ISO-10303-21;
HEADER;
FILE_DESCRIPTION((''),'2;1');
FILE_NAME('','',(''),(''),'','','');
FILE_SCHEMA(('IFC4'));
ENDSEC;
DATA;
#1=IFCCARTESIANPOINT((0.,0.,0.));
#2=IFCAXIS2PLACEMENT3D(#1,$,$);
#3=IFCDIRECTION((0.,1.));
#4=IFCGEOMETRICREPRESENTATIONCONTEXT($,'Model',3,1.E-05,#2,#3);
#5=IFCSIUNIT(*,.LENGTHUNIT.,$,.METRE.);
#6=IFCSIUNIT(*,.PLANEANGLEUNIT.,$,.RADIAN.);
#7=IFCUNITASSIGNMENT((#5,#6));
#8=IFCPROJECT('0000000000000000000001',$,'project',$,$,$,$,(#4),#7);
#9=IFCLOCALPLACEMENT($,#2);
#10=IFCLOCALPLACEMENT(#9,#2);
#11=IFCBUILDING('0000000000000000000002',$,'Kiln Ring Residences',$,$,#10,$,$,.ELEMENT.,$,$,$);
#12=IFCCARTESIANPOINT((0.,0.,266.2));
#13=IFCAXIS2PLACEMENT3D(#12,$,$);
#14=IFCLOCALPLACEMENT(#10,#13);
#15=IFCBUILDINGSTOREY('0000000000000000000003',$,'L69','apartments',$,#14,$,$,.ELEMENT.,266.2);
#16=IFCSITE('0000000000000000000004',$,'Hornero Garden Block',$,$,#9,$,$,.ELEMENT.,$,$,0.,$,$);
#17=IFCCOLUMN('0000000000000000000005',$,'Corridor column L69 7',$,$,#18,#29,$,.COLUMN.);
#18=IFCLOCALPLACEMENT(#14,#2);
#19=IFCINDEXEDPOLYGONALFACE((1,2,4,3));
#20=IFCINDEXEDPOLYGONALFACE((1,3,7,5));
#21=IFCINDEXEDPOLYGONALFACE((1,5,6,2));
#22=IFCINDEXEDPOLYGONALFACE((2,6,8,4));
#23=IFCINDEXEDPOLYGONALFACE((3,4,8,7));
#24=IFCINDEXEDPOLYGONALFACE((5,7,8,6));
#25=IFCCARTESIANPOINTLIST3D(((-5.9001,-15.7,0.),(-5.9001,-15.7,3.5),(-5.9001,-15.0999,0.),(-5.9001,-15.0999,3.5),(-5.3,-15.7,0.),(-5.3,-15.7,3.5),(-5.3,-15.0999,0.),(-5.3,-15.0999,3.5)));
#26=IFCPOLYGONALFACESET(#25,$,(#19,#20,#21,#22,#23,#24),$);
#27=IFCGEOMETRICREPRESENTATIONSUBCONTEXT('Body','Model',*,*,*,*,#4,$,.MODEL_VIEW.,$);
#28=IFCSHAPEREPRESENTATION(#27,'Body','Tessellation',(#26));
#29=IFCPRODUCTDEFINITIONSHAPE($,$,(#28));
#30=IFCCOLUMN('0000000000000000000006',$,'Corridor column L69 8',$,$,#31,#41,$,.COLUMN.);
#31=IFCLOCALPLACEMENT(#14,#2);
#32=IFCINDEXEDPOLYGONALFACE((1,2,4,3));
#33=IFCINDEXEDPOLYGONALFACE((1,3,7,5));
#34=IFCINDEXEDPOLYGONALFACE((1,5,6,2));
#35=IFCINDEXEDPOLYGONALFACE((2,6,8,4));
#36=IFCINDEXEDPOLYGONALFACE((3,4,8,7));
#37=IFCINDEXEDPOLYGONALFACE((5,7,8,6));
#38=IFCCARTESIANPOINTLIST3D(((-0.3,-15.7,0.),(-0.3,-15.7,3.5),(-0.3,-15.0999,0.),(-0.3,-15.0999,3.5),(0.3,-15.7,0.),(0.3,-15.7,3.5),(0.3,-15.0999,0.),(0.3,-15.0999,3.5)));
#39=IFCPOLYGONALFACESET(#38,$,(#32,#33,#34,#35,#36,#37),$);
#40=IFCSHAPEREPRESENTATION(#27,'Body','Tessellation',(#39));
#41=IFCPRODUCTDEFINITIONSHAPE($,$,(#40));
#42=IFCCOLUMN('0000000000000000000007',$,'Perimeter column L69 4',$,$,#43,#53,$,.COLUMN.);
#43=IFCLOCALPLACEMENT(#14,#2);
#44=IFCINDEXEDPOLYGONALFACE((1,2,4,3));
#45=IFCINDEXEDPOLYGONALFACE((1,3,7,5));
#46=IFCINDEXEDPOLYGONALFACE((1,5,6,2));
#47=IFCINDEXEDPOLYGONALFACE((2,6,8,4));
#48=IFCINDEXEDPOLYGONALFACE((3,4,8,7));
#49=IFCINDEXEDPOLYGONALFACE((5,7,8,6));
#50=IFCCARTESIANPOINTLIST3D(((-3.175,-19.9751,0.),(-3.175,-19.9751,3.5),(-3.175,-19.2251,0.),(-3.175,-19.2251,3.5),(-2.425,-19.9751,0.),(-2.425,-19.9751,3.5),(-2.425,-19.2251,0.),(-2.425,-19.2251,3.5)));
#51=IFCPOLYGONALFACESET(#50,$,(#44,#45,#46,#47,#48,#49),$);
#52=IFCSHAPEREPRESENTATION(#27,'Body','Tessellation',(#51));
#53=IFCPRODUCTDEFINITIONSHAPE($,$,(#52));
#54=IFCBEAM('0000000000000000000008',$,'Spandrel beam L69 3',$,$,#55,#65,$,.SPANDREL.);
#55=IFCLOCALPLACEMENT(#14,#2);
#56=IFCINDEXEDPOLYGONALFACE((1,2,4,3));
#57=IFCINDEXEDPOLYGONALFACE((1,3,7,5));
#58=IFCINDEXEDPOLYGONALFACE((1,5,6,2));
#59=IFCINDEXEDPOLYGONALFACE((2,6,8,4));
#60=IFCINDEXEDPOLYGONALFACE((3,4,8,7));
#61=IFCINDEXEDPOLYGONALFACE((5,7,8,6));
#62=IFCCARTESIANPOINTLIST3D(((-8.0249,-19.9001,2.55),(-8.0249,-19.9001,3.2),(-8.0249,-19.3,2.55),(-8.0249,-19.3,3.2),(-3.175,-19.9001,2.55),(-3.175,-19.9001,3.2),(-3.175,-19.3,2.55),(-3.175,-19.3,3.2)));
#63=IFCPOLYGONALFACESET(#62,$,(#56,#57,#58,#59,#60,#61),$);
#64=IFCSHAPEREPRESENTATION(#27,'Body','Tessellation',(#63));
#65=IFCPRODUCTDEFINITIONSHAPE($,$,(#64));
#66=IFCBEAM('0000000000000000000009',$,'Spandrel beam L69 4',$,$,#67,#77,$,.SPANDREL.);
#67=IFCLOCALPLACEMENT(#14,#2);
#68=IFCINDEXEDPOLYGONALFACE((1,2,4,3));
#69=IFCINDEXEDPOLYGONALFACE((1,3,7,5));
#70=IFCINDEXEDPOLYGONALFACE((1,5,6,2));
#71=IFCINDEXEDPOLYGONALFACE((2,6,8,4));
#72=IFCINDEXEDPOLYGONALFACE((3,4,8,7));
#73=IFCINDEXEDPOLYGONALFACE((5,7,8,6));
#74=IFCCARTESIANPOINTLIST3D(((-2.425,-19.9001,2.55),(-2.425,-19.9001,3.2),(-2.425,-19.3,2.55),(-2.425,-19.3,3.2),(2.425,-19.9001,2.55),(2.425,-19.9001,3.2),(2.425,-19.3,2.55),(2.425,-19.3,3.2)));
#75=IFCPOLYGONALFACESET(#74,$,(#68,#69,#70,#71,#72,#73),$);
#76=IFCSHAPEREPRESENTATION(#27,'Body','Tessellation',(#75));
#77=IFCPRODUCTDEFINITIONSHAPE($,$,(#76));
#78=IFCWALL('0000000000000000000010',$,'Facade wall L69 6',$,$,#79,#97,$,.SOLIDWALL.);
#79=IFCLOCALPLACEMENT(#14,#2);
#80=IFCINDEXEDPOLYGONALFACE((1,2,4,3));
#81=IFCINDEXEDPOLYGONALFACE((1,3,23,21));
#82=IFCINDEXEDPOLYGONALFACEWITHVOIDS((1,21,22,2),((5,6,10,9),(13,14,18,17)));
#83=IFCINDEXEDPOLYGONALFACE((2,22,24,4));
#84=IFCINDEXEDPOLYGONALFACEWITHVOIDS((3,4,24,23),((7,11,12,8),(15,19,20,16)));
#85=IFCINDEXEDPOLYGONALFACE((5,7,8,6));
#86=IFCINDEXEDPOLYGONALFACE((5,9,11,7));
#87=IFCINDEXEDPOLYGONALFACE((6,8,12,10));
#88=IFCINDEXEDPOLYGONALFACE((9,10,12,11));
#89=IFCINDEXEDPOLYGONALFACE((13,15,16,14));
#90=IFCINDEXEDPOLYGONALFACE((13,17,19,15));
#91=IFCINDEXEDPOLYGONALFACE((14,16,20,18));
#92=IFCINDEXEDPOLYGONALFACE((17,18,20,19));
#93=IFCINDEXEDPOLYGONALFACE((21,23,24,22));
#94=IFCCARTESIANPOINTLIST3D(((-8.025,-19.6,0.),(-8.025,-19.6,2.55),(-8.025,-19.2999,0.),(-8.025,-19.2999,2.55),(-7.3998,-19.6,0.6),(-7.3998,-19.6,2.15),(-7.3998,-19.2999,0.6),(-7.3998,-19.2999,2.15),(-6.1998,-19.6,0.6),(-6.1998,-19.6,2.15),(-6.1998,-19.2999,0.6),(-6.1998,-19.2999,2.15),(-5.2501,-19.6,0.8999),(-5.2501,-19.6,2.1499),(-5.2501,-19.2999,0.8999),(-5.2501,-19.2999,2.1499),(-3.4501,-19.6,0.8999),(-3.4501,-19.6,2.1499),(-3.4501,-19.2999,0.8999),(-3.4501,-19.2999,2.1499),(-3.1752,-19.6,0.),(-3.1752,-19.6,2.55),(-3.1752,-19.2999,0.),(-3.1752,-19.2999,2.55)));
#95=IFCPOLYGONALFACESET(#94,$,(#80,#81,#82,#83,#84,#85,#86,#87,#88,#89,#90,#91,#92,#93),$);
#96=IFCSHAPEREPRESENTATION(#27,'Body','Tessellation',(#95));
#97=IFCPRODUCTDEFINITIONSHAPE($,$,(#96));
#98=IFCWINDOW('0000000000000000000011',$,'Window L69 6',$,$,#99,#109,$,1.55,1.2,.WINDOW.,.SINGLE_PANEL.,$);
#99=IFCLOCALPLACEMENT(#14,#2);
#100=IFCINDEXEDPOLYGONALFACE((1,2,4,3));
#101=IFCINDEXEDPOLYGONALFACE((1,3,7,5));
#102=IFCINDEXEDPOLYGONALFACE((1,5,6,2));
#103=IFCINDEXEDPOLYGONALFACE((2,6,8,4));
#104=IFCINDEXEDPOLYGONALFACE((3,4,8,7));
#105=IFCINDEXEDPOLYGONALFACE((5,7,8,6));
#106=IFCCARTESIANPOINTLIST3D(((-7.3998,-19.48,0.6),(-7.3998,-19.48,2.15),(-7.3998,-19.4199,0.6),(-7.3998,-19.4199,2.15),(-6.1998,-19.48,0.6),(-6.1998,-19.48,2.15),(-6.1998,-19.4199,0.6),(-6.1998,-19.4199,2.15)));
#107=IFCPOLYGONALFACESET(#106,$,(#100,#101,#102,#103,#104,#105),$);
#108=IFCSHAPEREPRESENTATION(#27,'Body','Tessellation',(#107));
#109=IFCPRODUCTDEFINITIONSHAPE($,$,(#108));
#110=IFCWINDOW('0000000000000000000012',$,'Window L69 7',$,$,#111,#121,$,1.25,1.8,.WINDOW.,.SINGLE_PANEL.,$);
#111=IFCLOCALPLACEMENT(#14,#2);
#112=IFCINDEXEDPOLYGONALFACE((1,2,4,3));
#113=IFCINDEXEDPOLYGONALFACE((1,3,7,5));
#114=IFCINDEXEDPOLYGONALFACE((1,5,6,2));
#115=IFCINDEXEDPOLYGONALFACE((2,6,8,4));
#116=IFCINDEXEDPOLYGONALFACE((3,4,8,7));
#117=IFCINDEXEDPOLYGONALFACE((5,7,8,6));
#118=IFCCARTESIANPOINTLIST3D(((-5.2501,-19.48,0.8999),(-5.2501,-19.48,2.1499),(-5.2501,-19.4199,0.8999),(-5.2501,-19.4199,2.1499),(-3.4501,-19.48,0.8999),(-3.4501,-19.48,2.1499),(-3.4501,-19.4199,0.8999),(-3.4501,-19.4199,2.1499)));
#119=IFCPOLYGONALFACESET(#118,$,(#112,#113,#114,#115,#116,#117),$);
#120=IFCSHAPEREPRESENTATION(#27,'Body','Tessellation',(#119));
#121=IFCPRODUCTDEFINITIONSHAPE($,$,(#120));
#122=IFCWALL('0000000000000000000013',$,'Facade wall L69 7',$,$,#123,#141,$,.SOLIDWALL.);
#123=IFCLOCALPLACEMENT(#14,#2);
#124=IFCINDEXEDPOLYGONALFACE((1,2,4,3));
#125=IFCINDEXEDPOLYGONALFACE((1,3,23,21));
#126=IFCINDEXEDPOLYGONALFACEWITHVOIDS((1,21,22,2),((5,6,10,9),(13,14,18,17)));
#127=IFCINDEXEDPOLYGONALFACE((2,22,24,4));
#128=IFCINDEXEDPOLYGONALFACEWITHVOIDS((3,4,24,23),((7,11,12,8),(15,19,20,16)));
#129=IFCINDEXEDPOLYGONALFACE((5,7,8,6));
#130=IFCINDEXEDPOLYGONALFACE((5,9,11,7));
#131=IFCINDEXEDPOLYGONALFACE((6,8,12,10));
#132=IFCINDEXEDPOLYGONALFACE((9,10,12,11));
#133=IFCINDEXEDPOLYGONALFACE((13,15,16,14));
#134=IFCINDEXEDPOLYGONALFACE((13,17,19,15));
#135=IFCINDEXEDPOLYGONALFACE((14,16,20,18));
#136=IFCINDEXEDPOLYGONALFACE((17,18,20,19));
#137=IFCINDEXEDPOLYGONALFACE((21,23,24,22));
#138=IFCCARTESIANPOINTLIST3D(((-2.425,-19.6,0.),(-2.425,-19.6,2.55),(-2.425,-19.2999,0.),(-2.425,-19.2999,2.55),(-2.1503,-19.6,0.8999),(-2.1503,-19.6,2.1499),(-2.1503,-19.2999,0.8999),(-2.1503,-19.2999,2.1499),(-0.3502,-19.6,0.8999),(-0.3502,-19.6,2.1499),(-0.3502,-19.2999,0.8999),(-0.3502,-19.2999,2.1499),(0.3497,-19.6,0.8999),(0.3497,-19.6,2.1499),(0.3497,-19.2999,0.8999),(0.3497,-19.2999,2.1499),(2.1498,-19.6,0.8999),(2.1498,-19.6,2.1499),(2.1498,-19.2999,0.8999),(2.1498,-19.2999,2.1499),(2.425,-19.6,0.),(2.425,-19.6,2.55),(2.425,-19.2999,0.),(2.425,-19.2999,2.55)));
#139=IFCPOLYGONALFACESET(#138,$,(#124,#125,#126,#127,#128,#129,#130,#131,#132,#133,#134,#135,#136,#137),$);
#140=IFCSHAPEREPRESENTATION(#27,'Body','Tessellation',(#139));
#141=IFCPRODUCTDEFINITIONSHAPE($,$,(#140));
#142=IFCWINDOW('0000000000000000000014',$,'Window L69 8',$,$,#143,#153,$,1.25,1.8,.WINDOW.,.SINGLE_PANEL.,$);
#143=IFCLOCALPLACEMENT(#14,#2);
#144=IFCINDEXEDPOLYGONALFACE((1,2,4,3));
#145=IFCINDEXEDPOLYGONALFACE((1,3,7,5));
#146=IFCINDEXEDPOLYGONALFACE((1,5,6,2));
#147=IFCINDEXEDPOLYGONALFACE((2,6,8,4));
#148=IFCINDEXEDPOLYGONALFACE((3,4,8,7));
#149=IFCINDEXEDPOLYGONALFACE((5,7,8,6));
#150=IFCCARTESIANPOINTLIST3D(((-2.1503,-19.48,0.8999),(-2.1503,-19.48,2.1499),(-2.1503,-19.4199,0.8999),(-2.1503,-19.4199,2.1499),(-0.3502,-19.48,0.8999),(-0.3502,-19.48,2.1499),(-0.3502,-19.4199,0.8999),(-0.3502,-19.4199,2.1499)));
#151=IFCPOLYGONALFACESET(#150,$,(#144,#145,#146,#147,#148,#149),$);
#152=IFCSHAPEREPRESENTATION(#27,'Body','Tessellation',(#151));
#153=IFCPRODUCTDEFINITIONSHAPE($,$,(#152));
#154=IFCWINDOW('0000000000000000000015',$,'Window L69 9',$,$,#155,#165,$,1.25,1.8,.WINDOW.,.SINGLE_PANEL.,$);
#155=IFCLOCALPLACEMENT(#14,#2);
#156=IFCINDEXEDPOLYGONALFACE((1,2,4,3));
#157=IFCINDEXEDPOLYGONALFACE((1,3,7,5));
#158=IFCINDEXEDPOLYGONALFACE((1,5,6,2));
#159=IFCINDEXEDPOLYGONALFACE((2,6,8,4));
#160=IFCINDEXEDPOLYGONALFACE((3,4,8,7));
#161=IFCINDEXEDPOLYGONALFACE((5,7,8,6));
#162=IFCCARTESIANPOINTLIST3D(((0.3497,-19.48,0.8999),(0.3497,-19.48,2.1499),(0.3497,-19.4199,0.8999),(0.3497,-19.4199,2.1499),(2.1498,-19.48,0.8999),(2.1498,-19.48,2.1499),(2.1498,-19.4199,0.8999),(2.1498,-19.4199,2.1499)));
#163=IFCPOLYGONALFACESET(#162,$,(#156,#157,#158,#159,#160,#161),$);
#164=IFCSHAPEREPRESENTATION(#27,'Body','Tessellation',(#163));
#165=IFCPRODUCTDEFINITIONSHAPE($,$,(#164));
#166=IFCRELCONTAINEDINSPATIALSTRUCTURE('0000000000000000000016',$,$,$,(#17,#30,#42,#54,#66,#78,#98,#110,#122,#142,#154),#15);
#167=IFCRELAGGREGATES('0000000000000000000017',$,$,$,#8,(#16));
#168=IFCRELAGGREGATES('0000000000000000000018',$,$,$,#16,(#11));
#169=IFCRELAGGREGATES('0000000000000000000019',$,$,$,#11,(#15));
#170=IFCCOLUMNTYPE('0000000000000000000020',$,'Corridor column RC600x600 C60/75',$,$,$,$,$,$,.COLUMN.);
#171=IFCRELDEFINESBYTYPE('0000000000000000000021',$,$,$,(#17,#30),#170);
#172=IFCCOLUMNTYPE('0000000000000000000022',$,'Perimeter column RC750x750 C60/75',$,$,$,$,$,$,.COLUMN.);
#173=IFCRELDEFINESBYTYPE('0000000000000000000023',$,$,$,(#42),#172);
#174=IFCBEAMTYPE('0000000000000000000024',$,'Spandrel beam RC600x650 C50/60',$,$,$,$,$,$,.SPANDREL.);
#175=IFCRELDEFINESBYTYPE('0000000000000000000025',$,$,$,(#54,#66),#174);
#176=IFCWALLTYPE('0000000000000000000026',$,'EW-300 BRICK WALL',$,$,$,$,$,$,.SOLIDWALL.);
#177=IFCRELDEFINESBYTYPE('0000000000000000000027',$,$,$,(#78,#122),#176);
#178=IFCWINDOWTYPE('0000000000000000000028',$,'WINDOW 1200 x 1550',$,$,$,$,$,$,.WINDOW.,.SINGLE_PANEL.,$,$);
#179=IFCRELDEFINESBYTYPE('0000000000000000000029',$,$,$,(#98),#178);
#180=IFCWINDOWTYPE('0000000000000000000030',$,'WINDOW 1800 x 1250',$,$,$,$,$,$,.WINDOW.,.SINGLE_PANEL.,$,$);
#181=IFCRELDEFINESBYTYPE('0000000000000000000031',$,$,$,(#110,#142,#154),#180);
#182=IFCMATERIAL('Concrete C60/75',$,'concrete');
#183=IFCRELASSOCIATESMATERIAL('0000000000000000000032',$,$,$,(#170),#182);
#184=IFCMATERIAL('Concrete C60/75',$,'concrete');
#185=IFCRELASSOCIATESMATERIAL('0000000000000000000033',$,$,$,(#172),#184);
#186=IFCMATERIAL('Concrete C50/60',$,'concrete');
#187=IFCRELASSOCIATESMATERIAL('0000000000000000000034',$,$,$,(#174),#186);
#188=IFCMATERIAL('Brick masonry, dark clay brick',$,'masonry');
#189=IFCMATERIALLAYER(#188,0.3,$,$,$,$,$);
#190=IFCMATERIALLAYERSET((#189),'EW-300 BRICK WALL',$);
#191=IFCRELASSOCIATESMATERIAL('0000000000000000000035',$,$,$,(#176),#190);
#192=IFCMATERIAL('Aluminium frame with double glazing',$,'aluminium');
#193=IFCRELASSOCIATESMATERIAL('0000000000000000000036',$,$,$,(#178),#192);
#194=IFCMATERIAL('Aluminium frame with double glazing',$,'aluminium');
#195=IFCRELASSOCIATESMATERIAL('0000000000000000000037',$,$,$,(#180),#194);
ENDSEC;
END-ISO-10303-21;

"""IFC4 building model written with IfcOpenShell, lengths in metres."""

from ifc_helpers import new_model, si_unit, direction, frame, frame_2d, origin, origin_2d, place, context, subcontext, project, spatial, rectangle, extrude, material, layer, layer_set, material_profile, profile_set, type_object, element, fill, save


model = new_model("IFC4")

# Units and contexts
model_context = context("Model", 3, precision=1e-05, world=origin(), true_north=direction((0.0, 1.0)))
body_context = subcontext(model_context, "Body", "Model", "MODEL_VIEW")
ifc_project = project(units=[si_unit("LENGTHUNIT", "METRE"), si_unit("PLANEANGLEUNIT", "RADIAN")], contexts=[model_context])

# Site, building, storey
site_placement = place(None, origin())
site = spatial("IfcSite", under=ifc_project, at=site_placement, Name="Hornero Garden Block", CompositionType="ELEMENT", RefElevation=0.0)
building_placement = place(site_placement, origin())
building = spatial("IfcBuilding", under=site, at=building_placement, Name="Kiln Ring Residences", CompositionType="ELEMENT")
storey_placement = place(building_placement, frame((0.0, 0.0, 266.2)))
storey = spatial("IfcBuildingStorey", under=building, at=storey_placement, Name="L69", Description="apartments", CompositionType="ELEMENT", Elevation=266.2)

# Columns
ifc_material_1 = material(Name="Concrete C60/75", Category="concrete")
ifc_material_profile_1 = material_profile(ifc_material_1, rectangle(XDim=0.6001, YDim=0.6001, at=origin_2d()), Name="RC600x600")
ifc_profile_set_1 = profile_set([ifc_material_profile_1], Name="Concrete C60/75")
column_type_1 = type_object("IfcColumnType", Name="Corridor column RC600x600 C60/75", PredefinedType="COLUMN", material=ifc_profile_set_1)
for number, where, z_axis, x_axis, name in (
    (1, (-5.6001, -15.3999, 0.0), (0.0, 0.0, 1.0), (1.0, 0.0, 0.0), "Corridor column L69 7"),
    (2, (0.0, -15.3999, 0.0), (0.0, 0.0, 1.0), (1.0, 0.0, 0.0), "Corridor column L69 8"),
):
    element("IfcColumn", number, at=place(storey_placement, frame(where, z_axis=z_axis, x_axis=x_axis)), inside=storey, type_object=column_type_1, Name=name, PredefinedType="COLUMN", context=body_context, shape_type="SweptSolid", body=[
        extrude(rectangle(XDim=0.6001, YDim=0.6001, at=origin_2d()), origin(), (0.0, 0.0, 1.0), 3.5),
    ])
ifc_material_2 = material(Name="Concrete C60/75", Category="concrete")
ifc_material_profile_2 = material_profile(ifc_material_2, rectangle(XDim=0.75, YDim=0.75, at=origin_2d()), Name="RC750x750")
ifc_profile_set_2 = profile_set([ifc_material_profile_2], Name="Concrete C60/75")
column_type_2 = type_object("IfcColumnType", Name="Perimeter column RC750x750 C60/75", PredefinedType="COLUMN", material=ifc_profile_set_2)
column_placement = place(storey_placement, frame((-2.8, -19.6001, 0.0), z_axis=(0.0, 0.0, 1.0), x_axis=(1.0, 0.0, 0.0)))
element("IfcColumn", 3, at=column_placement, inside=storey, type_object=column_type_2, Name="Perimeter column L69 4", PredefinedType="COLUMN", context=body_context, shape_type="SweptSolid", body=[
    extrude(rectangle(XDim=0.75, YDim=0.75, at=origin_2d()), origin(), (0.0, 0.0, 1.0), 3.5),
])

# Beams
ifc_material_3 = material(Name="Concrete C50/60", Category="concrete")
ifc_material_profile_3 = material_profile(ifc_material_3, rectangle(XDim=0.6001, YDim=0.6499, at=origin_2d()), Name="RC600x650")
ifc_profile_set_3 = profile_set([ifc_material_profile_3], Name="Concrete C50/60")
beam_type = type_object("IfcBeamType", Name="Spandrel beam RC600x650 C50/60", PredefinedType="SPANDREL", material=ifc_profile_set_3)
beam_1_placement = place(storey_placement, frame((-8.0249, -19.6001, 2.875), z_axis=(1.0, 0.0, 0.0), x_axis=(0.0, 1.0, 0.0)))
element("IfcBeam", 4, at=beam_1_placement, inside=storey, type_object=beam_type, Name="Spandrel beam L69 3", PredefinedType="SPANDREL", context=body_context, shape_type="SweptSolid", body=[
    extrude(rectangle(XDim=0.6001, YDim=0.6499, at=origin_2d()), origin(), (0.0, 0.0, 1.0), 4.8499),
])
beam_2_placement = place(storey_placement, frame((-2.425, -19.6001, 2.875), z_axis=(1.0, 0.0, 0.0), x_axis=(0.0, 1.0, 0.0)))
element("IfcBeam", 5, at=beam_2_placement, inside=storey, type_object=beam_type, Name="Spandrel beam L69 4", PredefinedType="SPANDREL", context=body_context, shape_type="SweptSolid", body=[
    extrude(rectangle(XDim=0.6001, YDim=0.6499, at=origin_2d()), origin(), (0.0, 0.0, 1.0), 4.8501),
])

# Walls, openings, windows
ifc_material_4 = material(Name="Brick masonry, dark clay brick", Category="masonry")
ifc_layer_1 = layer(ifc_material_4, 0.3)
ifc_layer_set_1 = layer_set([ifc_layer_1], Name="EW-300 BRICK WALL")
wall_type_1 = type_object("IfcWallType", Name="EW-300 BRICK WALL", PredefinedType="SOLIDWALL", material=ifc_layer_set_1)
wall_1_placement = place(storey_placement, frame((-8.0249, -19.45, 0.0), z_axis=(0.0, 0.0, 1.0), x_axis=(1.0, 0.0, 0.0)))
wall_1 = element("IfcWall", 6, at=wall_1_placement, inside=storey, type_object=wall_type_1, Name="Facade wall L69 6", PredefinedType="SOLIDWALL", context=body_context, shape_type="SweptSolid", body=[
    extrude(rectangle(XDim=4.8499, YDim=0.3, at=frame_2d((2.4248, 0.0))), origin(), (0.0, 0.0, 1.0), 2.55),
])
opening_1_placement = place(wall_1_placement, frame((0.625, 0.0, 0.6001)))
opening_1 = element("IfcOpeningElement", 7, at=opening_1_placement, cuts=wall_1, PredefinedType="OPENING", context=body_context, shape_type="SweptSolid", body=[
    extrude(rectangle(XDim=1.2, YDim=1.55, at=frame_2d((0.6001, 0.7749))), frame((0.0, 0.1599, 0.0), z_axis=(0.0, -1.0, 0.0), x_axis=(1.0, 0.0, 0.0)), (0.0, 0.0, 1.0), 0.3201),
])
opening_2_placement = place(wall_1_placement, frame((2.7749, 0.0, 0.8999)))
opening_2 = element("IfcOpeningElement", 8, at=opening_2_placement, cuts=wall_1, PredefinedType="OPENING", context=body_context, shape_type="SweptSolid", body=[
    extrude(rectangle(XDim=1.8, YDim=1.25, at=frame_2d((0.8999, 0.625))), frame((0.0, 0.1599, 0.0), z_axis=(0.0, -1.0, 0.0), x_axis=(1.0, 0.0, 0.0)), (0.0, 0.0, 1.0), 0.3201),
])
ifc_material_5 = material(Name="Aluminium frame with double glazing", Category="aluminium")
window_type_1 = type_object("IfcWindowType", Name="WINDOW 1200 x 1550", PartitioningType="SINGLE_PANEL", PredefinedType="WINDOW", material=ifc_material_5)
window_1_placement = place(opening_1_placement, origin())
window_1 = element("IfcWindow", 9, at=window_1_placement, inside=storey, type_object=window_type_1, Name="Window L69 6", OverallHeight=1.55, OverallWidth=1.2, PartitioningType="SINGLE_PANEL", PredefinedType="WINDOW", context=body_context, shape_type="SweptSolid", body=[
    extrude(rectangle(XDim=1.2, YDim=1.55, at=frame_2d((0.6001, 0.7749))), frame((0.0, 0.03, 0.0), z_axis=(0.0, -1.0, 0.0), x_axis=(1.0, 0.0, 0.0)), (0.0, 0.0, 1.0), 0.0601),
])
fill(opening_1, window_1)
ifc_material_6 = material(Name="Aluminium frame with double glazing", Category="aluminium")
window_type_2 = type_object("IfcWindowType", Name="WINDOW 1800 x 1250", PartitioningType="SINGLE_PANEL", PredefinedType="WINDOW", material=ifc_material_6)
window_2_placement = place(opening_2_placement, origin())
window_2 = element("IfcWindow", 10, at=window_2_placement, inside=storey, type_object=window_type_2, Name="Window L69 7", OverallHeight=1.25, OverallWidth=1.8, PartitioningType="SINGLE_PANEL", PredefinedType="WINDOW", context=body_context, shape_type="SweptSolid", body=[
    extrude(rectangle(XDim=1.8, YDim=1.25, at=frame_2d((0.8999, 0.625))), frame((0.0, 0.03, 0.0), z_axis=(0.0, -1.0, 0.0), x_axis=(1.0, 0.0, 0.0)), (0.0, 0.0, 1.0), 0.0601),
])
fill(opening_2, window_2)
wall_2_placement = place(storey_placement, frame((-2.425, -19.45, 0.0), z_axis=(0.0, 0.0, 1.0), x_axis=(1.0, 0.0, 0.0)))
wall_2 = element("IfcWall", 11, at=wall_2_placement, inside=storey, type_object=wall_type_1, Name="Facade wall L69 7", PredefinedType="SOLIDWALL", context=body_context, shape_type="SweptSolid", body=[
    extrude(rectangle(XDim=4.8501, YDim=0.3, at=frame_2d((2.425, 0.0))), origin(), (0.0, 0.0, 1.0), 2.55),
])
opening_3_placement = place(wall_2_placement, frame((0.2749, 0.0, 0.8999)))
opening_3 = element("IfcOpeningElement", 12, at=opening_3_placement, cuts=wall_2, PredefinedType="OPENING", context=body_context, shape_type="SweptSolid", body=[
    extrude(rectangle(XDim=1.8, YDim=1.25, at=frame_2d((0.8999, 0.625))), frame((0.0, 0.1599, 0.0), z_axis=(0.0, -1.0, 0.0), x_axis=(1.0, 0.0, 0.0)), (0.0, 0.0, 1.0), 0.3201),
])
opening_4_placement = place(wall_2_placement, frame((2.7749, 0.0, 0.8999)))
opening_4 = element("IfcOpeningElement", 13, at=opening_4_placement, cuts=wall_2, PredefinedType="OPENING", context=body_context, shape_type="SweptSolid", body=[
    extrude(rectangle(XDim=1.8, YDim=1.25, at=frame_2d((0.8999, 0.625))), frame((0.0, 0.1599, 0.0), z_axis=(0.0, -1.0, 0.0), x_axis=(1.0, 0.0, 0.0)), (0.0, 0.0, 1.0), 0.3201),
])
window_3_placement = place(opening_3_placement, origin())
window_3 = element("IfcWindow", 14, at=window_3_placement, inside=storey, type_object=window_type_2, Name="Window L69 8", OverallHeight=1.25, OverallWidth=1.8, PartitioningType="SINGLE_PANEL", PredefinedType="WINDOW", context=body_context, shape_type="SweptSolid", body=[
    extrude(rectangle(XDim=1.8, YDim=1.25, at=frame_2d((0.8999, 0.625))), frame((0.0, 0.03, 0.0), z_axis=(0.0, -1.0, 0.0), x_axis=(1.0, 0.0, 0.0)), (0.0, 0.0, 1.0), 0.0601),
])
fill(opening_3, window_3)
window_4_placement = place(opening_4_placement, origin())
window_4 = element("IfcWindow", 15, at=window_4_placement, inside=storey, type_object=window_type_2, Name="Window L69 9", OverallHeight=1.25, OverallWidth=1.8, PartitioningType="SINGLE_PANEL", PredefinedType="WINDOW", context=body_context, shape_type="SweptSolid", body=[
    extrude(rectangle(XDim=1.8, YDim=1.25, at=frame_2d((0.8999, 0.625))), frame((0.0, 0.03, 0.0), z_axis=(0.0, -1.0, 0.0), x_axis=(1.0, 0.0, 0.0)), (0.0, 0.0, 1.0), 0.0601),
])
fill(opening_4, window_4)

save(model, "model.ifc")
